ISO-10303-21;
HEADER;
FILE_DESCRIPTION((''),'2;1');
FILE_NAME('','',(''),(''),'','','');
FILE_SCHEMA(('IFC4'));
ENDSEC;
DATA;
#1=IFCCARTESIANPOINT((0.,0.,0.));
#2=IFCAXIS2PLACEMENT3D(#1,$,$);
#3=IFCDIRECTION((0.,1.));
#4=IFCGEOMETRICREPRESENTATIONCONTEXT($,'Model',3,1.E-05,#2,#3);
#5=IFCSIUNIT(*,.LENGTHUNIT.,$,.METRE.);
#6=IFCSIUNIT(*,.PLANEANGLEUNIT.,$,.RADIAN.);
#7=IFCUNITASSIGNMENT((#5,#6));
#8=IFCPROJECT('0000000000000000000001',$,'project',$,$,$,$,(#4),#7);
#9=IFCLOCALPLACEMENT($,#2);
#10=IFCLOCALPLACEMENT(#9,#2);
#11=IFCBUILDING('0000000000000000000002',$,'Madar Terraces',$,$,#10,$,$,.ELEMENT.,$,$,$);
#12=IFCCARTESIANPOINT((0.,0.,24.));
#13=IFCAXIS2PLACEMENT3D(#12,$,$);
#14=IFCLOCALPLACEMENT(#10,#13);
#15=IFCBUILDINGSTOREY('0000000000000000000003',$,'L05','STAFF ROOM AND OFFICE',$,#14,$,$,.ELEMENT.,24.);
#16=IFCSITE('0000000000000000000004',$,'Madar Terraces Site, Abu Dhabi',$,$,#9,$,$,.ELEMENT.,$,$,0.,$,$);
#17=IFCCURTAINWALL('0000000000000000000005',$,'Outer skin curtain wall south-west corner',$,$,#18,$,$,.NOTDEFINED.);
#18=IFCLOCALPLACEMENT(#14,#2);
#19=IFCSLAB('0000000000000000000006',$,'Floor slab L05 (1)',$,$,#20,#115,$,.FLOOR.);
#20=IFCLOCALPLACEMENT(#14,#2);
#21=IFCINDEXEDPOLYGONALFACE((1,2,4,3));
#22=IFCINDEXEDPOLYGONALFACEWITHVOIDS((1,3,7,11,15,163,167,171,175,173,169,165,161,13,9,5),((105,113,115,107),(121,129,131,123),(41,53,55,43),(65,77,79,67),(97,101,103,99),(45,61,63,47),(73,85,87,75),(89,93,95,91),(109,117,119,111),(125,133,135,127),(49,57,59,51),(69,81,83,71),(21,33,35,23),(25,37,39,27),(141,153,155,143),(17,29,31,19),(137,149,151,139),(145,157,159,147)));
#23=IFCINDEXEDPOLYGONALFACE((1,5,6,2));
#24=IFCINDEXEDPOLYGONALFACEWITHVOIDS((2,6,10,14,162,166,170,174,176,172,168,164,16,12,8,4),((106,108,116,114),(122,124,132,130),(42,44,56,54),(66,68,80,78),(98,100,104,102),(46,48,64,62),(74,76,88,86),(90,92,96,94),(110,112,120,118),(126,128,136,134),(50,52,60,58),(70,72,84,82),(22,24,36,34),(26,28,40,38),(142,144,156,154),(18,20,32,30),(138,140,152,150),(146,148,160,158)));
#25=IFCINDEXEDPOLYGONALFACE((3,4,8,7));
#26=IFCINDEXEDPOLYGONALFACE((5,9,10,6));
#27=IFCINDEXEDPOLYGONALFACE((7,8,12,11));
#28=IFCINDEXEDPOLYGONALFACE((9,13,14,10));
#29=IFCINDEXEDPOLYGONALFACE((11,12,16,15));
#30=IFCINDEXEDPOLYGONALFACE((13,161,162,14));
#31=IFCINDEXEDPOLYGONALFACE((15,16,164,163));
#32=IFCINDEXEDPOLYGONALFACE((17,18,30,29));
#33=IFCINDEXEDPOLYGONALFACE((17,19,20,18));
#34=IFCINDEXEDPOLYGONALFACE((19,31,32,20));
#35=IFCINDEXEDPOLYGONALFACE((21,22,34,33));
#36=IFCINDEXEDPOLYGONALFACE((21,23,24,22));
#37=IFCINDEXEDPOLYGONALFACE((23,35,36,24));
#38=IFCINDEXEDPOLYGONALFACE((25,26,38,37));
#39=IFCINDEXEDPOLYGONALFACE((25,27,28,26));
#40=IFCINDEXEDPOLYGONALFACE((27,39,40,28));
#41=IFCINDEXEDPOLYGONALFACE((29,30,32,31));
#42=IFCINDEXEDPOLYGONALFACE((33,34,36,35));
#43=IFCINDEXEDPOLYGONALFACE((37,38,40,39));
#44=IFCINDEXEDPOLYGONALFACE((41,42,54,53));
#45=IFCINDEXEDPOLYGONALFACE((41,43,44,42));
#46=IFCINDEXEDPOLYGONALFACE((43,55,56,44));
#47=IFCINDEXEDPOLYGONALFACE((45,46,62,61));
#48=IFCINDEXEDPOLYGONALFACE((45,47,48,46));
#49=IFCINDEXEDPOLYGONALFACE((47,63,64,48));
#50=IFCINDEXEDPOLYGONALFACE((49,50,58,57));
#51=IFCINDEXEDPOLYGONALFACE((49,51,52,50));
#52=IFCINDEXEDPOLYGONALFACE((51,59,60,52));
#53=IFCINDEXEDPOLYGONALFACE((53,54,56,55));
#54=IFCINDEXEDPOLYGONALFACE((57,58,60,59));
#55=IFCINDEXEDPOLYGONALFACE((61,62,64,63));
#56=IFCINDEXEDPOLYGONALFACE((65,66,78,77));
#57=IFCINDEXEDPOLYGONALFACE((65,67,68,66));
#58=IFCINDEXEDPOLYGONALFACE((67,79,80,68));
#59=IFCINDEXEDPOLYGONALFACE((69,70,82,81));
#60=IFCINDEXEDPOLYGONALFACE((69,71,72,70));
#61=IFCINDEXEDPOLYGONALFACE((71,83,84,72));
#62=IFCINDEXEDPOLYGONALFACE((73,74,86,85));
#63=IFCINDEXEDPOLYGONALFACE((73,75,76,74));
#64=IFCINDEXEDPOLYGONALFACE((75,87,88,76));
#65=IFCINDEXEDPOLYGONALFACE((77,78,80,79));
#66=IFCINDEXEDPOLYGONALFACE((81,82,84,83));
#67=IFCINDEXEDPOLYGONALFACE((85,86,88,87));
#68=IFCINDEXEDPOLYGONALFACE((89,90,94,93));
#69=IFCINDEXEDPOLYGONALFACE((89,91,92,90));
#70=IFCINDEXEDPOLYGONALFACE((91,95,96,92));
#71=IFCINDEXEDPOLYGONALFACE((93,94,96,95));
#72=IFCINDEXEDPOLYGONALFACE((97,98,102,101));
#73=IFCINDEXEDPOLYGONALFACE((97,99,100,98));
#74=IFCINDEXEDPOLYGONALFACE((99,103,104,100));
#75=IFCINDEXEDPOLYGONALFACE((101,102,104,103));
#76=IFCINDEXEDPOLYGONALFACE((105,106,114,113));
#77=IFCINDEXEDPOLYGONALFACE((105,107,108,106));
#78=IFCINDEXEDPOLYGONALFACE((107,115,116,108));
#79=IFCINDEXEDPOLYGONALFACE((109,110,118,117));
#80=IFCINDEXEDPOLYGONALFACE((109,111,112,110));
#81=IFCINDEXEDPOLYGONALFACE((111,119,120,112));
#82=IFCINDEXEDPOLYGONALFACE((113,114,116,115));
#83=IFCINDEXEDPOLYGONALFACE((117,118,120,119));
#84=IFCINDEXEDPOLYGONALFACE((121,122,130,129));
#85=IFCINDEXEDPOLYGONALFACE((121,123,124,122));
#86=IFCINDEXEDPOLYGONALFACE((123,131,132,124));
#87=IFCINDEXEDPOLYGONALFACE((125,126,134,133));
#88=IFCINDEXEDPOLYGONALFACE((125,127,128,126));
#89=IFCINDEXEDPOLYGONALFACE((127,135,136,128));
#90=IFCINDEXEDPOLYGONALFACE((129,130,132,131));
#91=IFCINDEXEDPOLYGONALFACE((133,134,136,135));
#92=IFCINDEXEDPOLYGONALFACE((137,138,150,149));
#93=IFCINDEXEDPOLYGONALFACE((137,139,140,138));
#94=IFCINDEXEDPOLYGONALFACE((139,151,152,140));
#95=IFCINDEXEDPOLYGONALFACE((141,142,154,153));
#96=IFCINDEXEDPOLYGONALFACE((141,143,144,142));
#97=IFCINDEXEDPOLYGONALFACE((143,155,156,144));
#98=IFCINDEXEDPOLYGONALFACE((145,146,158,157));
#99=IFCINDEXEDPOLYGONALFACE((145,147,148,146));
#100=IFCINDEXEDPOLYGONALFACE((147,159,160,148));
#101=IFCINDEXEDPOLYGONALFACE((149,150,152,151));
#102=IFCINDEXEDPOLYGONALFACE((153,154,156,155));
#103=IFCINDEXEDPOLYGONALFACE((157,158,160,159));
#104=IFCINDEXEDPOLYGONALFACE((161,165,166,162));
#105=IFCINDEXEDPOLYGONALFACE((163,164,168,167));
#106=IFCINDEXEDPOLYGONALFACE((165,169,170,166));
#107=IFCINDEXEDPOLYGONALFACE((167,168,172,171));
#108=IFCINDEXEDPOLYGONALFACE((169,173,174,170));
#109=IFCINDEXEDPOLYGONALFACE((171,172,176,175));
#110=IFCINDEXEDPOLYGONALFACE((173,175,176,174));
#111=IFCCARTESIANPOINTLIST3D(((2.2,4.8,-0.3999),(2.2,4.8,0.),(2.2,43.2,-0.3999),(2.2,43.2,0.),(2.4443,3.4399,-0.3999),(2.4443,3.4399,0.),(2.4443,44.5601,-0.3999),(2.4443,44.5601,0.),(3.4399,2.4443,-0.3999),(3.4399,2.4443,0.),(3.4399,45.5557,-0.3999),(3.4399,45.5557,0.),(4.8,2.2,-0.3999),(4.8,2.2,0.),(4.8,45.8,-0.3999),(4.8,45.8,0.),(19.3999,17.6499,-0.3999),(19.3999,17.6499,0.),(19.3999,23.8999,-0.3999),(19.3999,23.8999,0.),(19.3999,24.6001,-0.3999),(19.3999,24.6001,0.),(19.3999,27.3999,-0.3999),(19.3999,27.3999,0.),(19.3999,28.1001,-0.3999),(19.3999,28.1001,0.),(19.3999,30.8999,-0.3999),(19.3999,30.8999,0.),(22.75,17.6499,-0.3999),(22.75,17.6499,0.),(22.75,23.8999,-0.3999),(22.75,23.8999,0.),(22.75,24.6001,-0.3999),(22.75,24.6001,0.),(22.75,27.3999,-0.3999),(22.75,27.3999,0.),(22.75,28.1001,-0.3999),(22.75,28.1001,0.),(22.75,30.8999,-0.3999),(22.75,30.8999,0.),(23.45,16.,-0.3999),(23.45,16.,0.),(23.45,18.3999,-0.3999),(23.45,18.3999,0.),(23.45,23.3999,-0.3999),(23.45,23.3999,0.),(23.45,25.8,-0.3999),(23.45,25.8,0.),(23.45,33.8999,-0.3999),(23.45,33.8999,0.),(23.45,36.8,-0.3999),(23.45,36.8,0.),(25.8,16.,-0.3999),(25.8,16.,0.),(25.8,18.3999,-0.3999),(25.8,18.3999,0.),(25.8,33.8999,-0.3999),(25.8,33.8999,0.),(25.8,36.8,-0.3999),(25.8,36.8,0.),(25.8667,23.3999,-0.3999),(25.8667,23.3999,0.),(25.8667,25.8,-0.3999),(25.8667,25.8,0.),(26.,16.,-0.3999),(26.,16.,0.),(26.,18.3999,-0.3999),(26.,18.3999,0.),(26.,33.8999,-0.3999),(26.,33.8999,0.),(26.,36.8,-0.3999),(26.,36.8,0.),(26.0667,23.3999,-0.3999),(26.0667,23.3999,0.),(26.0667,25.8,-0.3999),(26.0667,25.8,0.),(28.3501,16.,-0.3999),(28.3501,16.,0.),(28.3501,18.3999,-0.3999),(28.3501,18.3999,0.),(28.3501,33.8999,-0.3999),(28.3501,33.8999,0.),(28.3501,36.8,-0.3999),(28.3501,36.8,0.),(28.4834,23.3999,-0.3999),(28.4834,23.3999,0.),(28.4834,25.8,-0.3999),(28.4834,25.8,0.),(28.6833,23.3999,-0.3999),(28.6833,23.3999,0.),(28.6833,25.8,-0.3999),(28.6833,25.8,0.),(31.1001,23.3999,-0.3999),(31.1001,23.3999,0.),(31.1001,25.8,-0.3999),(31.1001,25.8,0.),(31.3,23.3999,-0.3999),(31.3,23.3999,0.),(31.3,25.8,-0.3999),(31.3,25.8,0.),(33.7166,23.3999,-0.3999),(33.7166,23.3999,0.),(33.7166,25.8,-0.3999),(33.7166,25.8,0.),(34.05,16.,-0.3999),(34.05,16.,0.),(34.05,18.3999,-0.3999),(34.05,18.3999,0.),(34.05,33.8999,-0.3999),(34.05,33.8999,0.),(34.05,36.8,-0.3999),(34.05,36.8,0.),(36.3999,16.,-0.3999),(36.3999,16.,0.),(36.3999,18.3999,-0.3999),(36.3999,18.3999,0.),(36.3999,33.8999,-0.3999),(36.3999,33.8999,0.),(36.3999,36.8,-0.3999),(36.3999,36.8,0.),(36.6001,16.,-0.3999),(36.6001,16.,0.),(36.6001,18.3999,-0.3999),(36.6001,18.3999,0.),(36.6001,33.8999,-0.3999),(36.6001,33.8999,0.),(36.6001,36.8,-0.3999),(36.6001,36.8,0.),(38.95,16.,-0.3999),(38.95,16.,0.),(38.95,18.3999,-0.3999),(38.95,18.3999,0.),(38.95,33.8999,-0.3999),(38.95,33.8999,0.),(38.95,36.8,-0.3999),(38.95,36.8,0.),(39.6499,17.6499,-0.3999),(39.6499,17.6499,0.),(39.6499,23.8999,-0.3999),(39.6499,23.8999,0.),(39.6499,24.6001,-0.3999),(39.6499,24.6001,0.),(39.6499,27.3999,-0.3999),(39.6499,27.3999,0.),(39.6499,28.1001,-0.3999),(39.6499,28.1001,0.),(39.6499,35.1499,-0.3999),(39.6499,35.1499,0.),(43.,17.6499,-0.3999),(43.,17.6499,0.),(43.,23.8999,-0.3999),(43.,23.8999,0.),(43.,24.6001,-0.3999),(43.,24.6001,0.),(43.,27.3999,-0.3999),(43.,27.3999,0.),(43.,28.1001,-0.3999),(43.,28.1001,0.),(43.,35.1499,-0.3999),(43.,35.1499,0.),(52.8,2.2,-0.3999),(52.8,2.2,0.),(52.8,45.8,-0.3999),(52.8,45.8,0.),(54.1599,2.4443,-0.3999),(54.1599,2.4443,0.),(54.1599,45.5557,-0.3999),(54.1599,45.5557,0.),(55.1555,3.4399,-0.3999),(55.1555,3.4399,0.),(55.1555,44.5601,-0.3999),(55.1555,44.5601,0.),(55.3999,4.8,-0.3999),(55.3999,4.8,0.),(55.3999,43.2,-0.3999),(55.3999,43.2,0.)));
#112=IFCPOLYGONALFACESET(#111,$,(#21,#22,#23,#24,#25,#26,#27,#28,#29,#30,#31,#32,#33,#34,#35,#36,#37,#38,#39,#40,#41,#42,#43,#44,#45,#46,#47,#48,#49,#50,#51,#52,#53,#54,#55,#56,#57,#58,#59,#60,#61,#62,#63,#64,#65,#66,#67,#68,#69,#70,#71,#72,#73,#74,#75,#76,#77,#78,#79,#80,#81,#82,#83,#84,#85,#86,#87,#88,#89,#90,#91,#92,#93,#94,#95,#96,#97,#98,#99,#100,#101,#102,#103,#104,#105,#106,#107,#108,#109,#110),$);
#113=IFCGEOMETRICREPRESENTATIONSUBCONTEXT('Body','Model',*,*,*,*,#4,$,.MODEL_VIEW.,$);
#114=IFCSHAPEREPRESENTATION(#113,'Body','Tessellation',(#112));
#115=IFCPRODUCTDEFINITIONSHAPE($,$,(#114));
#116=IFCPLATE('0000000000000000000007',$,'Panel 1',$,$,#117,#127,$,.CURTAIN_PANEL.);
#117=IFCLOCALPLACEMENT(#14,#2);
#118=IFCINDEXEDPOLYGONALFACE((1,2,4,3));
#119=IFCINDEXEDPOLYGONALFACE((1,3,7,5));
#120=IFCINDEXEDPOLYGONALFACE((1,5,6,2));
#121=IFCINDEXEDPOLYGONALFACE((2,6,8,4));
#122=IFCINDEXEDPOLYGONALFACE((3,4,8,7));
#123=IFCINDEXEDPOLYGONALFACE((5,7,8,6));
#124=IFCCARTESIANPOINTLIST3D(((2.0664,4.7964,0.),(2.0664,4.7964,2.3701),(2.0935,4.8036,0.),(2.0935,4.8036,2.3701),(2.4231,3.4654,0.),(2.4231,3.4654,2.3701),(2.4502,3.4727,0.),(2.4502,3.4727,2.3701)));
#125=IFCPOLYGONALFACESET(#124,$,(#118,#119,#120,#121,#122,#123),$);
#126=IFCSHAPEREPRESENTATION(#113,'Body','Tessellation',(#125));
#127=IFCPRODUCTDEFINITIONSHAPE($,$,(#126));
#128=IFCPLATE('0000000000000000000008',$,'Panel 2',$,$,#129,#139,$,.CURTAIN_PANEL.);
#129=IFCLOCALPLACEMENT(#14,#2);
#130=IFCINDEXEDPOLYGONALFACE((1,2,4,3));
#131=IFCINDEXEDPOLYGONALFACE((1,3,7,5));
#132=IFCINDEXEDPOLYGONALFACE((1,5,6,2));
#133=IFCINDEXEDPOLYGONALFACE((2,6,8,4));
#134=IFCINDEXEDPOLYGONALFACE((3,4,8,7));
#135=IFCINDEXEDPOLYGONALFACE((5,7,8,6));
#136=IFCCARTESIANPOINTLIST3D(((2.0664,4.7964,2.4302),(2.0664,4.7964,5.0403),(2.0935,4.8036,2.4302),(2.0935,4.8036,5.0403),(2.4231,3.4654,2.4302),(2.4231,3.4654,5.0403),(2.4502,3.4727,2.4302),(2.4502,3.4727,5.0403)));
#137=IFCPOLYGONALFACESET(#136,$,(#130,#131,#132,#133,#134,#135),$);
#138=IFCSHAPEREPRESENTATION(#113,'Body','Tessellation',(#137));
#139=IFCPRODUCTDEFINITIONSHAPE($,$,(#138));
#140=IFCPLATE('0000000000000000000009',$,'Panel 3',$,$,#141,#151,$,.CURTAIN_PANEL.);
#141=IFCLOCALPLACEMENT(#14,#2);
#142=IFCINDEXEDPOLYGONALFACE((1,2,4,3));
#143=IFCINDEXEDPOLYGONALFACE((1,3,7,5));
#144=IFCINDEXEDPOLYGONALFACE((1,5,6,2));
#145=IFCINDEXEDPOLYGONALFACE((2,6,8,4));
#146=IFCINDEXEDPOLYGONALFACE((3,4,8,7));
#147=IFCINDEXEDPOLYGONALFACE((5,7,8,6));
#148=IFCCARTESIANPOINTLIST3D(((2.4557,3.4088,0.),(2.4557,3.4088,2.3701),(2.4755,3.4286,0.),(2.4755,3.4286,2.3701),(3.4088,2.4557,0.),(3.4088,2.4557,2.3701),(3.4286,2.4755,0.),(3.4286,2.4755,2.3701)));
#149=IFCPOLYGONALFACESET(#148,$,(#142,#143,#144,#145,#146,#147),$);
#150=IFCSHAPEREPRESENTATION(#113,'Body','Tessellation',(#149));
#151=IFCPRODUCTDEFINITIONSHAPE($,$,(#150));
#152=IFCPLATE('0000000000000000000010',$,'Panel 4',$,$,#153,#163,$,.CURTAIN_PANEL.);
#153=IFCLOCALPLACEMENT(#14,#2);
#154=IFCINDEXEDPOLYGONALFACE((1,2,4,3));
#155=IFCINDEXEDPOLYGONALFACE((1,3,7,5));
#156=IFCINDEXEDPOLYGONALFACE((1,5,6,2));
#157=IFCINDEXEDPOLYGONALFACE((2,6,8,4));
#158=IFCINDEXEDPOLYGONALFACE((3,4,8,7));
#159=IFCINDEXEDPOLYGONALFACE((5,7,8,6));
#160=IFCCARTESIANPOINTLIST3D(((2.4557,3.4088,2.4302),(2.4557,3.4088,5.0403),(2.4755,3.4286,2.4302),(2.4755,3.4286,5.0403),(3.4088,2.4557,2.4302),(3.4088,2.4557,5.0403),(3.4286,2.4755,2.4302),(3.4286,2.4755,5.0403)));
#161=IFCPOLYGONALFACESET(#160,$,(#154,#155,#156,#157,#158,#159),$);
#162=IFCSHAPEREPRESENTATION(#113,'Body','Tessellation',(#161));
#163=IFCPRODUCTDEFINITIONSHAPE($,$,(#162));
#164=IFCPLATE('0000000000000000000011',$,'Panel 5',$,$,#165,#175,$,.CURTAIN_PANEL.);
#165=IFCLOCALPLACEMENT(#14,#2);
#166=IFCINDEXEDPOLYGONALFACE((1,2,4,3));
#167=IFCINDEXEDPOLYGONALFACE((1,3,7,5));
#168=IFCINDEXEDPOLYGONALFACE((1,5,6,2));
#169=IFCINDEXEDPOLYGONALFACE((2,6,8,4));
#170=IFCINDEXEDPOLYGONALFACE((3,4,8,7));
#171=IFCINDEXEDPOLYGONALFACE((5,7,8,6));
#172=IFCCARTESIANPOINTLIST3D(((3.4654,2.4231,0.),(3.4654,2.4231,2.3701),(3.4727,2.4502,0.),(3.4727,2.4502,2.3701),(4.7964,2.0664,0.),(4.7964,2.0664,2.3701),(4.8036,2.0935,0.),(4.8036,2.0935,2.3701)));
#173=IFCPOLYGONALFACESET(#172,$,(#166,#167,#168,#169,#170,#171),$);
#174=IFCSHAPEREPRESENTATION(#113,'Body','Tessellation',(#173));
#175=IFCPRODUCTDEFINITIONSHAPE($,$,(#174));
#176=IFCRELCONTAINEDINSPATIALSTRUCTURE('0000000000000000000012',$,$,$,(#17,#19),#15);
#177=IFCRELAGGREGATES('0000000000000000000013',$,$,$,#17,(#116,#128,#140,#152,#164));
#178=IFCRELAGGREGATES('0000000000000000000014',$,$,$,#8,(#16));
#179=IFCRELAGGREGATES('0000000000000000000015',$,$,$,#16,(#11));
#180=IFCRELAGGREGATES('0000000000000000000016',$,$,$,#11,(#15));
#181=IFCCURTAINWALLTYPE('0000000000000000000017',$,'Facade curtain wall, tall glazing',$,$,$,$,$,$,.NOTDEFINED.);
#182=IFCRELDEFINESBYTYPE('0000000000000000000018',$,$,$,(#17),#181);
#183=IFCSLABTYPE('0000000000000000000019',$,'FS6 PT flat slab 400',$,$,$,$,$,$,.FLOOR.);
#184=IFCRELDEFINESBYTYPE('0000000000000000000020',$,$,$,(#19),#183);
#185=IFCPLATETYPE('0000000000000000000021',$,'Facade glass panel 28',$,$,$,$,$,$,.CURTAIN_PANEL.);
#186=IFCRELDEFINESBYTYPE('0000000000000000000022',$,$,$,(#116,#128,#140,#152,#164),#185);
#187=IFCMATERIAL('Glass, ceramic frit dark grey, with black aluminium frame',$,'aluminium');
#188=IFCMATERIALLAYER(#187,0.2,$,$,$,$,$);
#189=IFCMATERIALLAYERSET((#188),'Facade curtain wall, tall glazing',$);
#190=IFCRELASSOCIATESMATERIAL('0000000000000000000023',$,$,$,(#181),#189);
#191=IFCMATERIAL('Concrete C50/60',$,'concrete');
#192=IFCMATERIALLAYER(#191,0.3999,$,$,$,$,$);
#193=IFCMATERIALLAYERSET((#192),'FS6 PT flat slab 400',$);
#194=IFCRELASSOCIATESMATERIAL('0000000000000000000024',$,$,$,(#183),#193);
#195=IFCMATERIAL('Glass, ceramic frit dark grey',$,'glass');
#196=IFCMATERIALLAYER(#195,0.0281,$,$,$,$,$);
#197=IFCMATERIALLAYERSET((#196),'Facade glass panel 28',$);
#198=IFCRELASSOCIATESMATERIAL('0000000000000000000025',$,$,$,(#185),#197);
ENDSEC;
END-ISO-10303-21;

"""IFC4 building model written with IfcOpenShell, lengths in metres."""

from ifc_helpers import new_model, si_unit, direction, frame, origin, origin_2d, place, context, subcontext, project, spatial, polyline, rectangle, outline, extrude, material, layer, layer_set, type_object, element, aggregate, save


model = new_model("IFC4")

# Units and contexts
model_context = context("Model", 3, precision=1e-05, world=origin(), true_north=direction((0.0, 1.0)))
body_context = subcontext(model_context, "Body", "Model", "MODEL_VIEW")
ifc_project = project(units=[si_unit("LENGTHUNIT", "METRE"), si_unit("PLANEANGLEUNIT", "RADIAN")], contexts=[model_context])

# Site, building, storey
site_placement = place(None, origin())
site = spatial("IfcSite", under=ifc_project, at=site_placement, Name="Madar Terraces Site, Abu Dhabi", CompositionType="ELEMENT", RefElevation=0.0)
building_placement = place(site_placement, origin())
building = spatial("IfcBuilding", under=site, at=building_placement, Name="Madar Terraces", CompositionType="ELEMENT")
storey_placement = place(building_placement, frame((0.0, 0.0, 24.0)))
storey = spatial("IfcBuildingStorey", under=building, at=storey_placement, Name="L05", Description="STAFF ROOM AND OFFICE", CompositionType="ELEMENT", Elevation=24.0)

# Curtain wall
ifc_material_1 = material(Name="Glass, ceramic frit dark grey, with black aluminium frame", Category="aluminium")
ifc_layer_1 = layer(ifc_material_1, 0.2)
ifc_layer_set_1 = layer_set([ifc_layer_1], Name="Facade curtain wall, tall glazing")
curtain_wall_type = type_object("IfcCurtainWallType", Name="Facade curtain wall, tall glazing", PredefinedType="NOTDEFINED", material=ifc_layer_set_1)
curtain_wall_placement = place(storey_placement, origin())
curtain_wall = element("IfcCurtainWall", 1, at=curtain_wall_placement, inside=storey, type_object=curtain_wall_type, Name="Outer skin curtain wall south-west corner", PredefinedType="NOTDEFINED")

# Slab
ifc_material_2 = material(Name="Concrete C50/60", Category="concrete")
ifc_layer_2 = layer(ifc_material_2, 0.3999)
ifc_layer_set_2 = layer_set([ifc_layer_2], Name="FS6 PT flat slab 400")
slab_type_1 = type_object("IfcSlabType", Name="FS6 PT flat slab 400", PredefinedType="FLOOR", material=ifc_layer_set_2)
slab_1_placement = place(storey_placement, frame((0.0, 0.0, -0.3999)))
element("IfcSlab", 2, at=slab_1_placement, inside=storey, type_object=slab_type_1, Name="Floor slab L05 (1)", PredefinedType="FLOOR", context=body_context, shape_type="SweptSolid", body=[
    extrude(outline(polyline([(4.8, 2.2), (52.8, 2.2), (54.1599, 2.4443), (55.1555, 3.4399), (55.3999, 4.8), (55.3999, 43.2), (55.1555, 44.5601), (54.1599, 45.5557), (52.8, 45.8), (4.8, 45.8), (3.4399, 45.5557), (2.4443, 44.5601), (2.2, 43.2), (2.2, 4.8), (2.4443, 3.4399), (3.4399, 2.4443), (4.8, 2.2)]), holes=[polyline([(25.8, 16.0), (23.45, 16.0), (23.45, 18.3999), (25.8, 18.3999), (25.8, 16.0)]), polyline([(28.3501, 16.0), (26.0, 16.0), (26.0, 18.3999), (28.3501, 18.3999), (28.3501, 16.0)]), polyline([(22.75, 17.6499), (19.3999, 17.6499), (19.3999, 23.8999), (22.75, 23.8999), (22.75, 17.6499)]), polyline([(25.8667, 23.3999), (23.45, 23.3999), (23.45, 25.8), (25.8667, 25.8), (25.8667, 23.3999)]), polyline([(28.4834, 23.3999), (26.0667, 23.3999), (26.0667, 25.8), (28.4834, 25.8), (28.4834, 23.3999)]), polyline([(22.75, 24.6001), (19.3999, 24.6001), (19.3999, 27.3999), (22.75, 27.3999), (22.75, 24.6001)]), polyline([(22.75, 28.1001), (19.3999, 28.1001), (19.3999, 30.8999), (22.75, 30.8999), (22.75, 28.1001)]), polyline([(23.45, 33.8999), (23.45, 36.8), (25.8, 36.8), (25.8, 33.8999), (23.45, 33.8999)]), polyline([(26.0, 33.8999), (26.0, 36.8), (28.3501, 36.8), (28.3501, 33.8999), (26.0, 33.8999)]), polyline([(36.3999, 16.0), (34.05, 16.0), (34.05, 18.3999), (36.3999, 18.3999), (36.3999, 16.0)]), polyline([(38.95, 16.0), (36.6001, 16.0), (36.6001, 18.3999), (38.95, 18.3999), (38.95, 16.0)]), polyline([(43.0, 17.6499), (39.6499, 17.6499), (39.6499, 23.8999), (43.0, 23.8999), (43.0, 17.6499)]), polyline([(31.1001, 23.3999), (28.6833, 23.3999), (28.6833, 25.8), (31.1001, 25.8), (31.1001, 23.3999)]), polyline([(33.7166, 23.3999), (31.3, 23.3999), (31.3, 25.8), (33.7166, 25.8), (33.7166, 23.3999)]), polyline([(43.0, 24.6001), (39.6499, 24.6001), (39.6499, 27.3999), (43.0, 27.3999), (43.0, 24.6001)]), polyline([(43.0, 28.1001), (39.6499, 28.1001), (39.6499, 35.1499), (43.0, 35.1499), (43.0, 28.1001)]), polyline([(34.05, 33.8999), (34.05, 36.8), (36.3999, 36.8), (36.3999, 33.8999), (34.05, 33.8999)]), polyline([(36.6001, 33.8999), (36.6001, 36.8), (38.95, 36.8), (38.95, 33.8999), (36.6001, 33.8999)])]), origin(), (0.0, 0.0, 1.0), 0.3999),
])

# Plates
ifc_material_3 = material(Name="Glass, ceramic frit dark grey", Category="glass")
ifc_layer_3 = layer(ifc_material_3, 0.0281)
ifc_layer_set_3 = layer_set([ifc_layer_3], Name="Facade glass panel 28")
plate_type = type_object("IfcPlateType", Name="Facade glass panel 28", PredefinedType="CURTAIN_PANEL", material=ifc_layer_set_3)
plate_1_placement = place(storey_placement, frame((2.2583, 4.1345, 0.0), z_axis=(0.0, 0.0, 1.0), x_axis=(0.258819, -0.965926, 0.0)))
plate_1 = element("IfcPlate", 3, at=plate_1_placement, type_object=plate_type, Name="Panel 1", PredefinedType="CURTAIN_PANEL", context=body_context, shape_type="SweptSolid", body=[
    extrude(rectangle(XDim=1.3779, YDim=0.0281, at=origin_2d()), origin(), (0.0, 0.0, 1.0), 2.3701),
])
plate_2_placement = place(storey_placement, frame((2.2583, 4.1345, 2.4302), z_axis=(0.0, 0.0, 1.0), x_axis=(0.258819, -0.965926, 0.0)))
plate_2 = element("IfcPlate", 4, at=plate_2_placement, type_object=plate_type, Name="Panel 2", PredefinedType="CURTAIN_PANEL", context=body_context, shape_type="SweptSolid", body=[
    extrude(rectangle(XDim=1.3779, YDim=0.0281, at=origin_2d()), origin(), (0.0, 0.0, 1.0), 2.6101),
])
plate_3_placement = place(storey_placement, frame((2.9421, 2.9421, 0.0), z_axis=(0.0, 0.0, 1.0), x_axis=(0.707107, -0.707107, 0.0)))
plate_3 = element("IfcPlate", 5, at=plate_3_placement, type_object=plate_type, Name="Panel 3", PredefinedType="CURTAIN_PANEL", context=body_context, shape_type="SweptSolid", body=[
    extrude(rectangle(XDim=1.3479, YDim=0.0281, at=origin_2d()), origin(), (0.0, 0.0, 1.0), 2.3701),
])
plate_4_placement = place(storey_placement, frame((2.9421, 2.9421, 2.4302), z_axis=(0.0, 0.0, 1.0), x_axis=(0.707107, -0.707107, 0.0)))
plate_4 = element("IfcPlate", 6, at=plate_4_placement, type_object=plate_type, Name="Panel 4", PredefinedType="CURTAIN_PANEL", context=body_context, shape_type="SweptSolid", body=[
    extrude(rectangle(XDim=1.3479, YDim=0.0281, at=origin_2d()), origin(), (0.0, 0.0, 1.0), 2.6101),
])
plate_5_placement = place(storey_placement, frame((4.1345, 2.2583, 0.0), z_axis=(0.0, 0.0, 1.0), x_axis=(0.965926, -0.258819, 0.0)))
plate_5 = element("IfcPlate", 7, at=plate_5_placement, type_object=plate_type, Name="Panel 5", PredefinedType="CURTAIN_PANEL", context=body_context, shape_type="SweptSolid", body=[
    extrude(rectangle(XDim=1.3779, YDim=0.0281, at=origin_2d()), origin(), (0.0, 0.0, 1.0), 2.3701),
])
aggregate(curtain_wall, [plate_1, plate_2, plate_3, plate_4, plate_5])

save(model, "model.ifc")
